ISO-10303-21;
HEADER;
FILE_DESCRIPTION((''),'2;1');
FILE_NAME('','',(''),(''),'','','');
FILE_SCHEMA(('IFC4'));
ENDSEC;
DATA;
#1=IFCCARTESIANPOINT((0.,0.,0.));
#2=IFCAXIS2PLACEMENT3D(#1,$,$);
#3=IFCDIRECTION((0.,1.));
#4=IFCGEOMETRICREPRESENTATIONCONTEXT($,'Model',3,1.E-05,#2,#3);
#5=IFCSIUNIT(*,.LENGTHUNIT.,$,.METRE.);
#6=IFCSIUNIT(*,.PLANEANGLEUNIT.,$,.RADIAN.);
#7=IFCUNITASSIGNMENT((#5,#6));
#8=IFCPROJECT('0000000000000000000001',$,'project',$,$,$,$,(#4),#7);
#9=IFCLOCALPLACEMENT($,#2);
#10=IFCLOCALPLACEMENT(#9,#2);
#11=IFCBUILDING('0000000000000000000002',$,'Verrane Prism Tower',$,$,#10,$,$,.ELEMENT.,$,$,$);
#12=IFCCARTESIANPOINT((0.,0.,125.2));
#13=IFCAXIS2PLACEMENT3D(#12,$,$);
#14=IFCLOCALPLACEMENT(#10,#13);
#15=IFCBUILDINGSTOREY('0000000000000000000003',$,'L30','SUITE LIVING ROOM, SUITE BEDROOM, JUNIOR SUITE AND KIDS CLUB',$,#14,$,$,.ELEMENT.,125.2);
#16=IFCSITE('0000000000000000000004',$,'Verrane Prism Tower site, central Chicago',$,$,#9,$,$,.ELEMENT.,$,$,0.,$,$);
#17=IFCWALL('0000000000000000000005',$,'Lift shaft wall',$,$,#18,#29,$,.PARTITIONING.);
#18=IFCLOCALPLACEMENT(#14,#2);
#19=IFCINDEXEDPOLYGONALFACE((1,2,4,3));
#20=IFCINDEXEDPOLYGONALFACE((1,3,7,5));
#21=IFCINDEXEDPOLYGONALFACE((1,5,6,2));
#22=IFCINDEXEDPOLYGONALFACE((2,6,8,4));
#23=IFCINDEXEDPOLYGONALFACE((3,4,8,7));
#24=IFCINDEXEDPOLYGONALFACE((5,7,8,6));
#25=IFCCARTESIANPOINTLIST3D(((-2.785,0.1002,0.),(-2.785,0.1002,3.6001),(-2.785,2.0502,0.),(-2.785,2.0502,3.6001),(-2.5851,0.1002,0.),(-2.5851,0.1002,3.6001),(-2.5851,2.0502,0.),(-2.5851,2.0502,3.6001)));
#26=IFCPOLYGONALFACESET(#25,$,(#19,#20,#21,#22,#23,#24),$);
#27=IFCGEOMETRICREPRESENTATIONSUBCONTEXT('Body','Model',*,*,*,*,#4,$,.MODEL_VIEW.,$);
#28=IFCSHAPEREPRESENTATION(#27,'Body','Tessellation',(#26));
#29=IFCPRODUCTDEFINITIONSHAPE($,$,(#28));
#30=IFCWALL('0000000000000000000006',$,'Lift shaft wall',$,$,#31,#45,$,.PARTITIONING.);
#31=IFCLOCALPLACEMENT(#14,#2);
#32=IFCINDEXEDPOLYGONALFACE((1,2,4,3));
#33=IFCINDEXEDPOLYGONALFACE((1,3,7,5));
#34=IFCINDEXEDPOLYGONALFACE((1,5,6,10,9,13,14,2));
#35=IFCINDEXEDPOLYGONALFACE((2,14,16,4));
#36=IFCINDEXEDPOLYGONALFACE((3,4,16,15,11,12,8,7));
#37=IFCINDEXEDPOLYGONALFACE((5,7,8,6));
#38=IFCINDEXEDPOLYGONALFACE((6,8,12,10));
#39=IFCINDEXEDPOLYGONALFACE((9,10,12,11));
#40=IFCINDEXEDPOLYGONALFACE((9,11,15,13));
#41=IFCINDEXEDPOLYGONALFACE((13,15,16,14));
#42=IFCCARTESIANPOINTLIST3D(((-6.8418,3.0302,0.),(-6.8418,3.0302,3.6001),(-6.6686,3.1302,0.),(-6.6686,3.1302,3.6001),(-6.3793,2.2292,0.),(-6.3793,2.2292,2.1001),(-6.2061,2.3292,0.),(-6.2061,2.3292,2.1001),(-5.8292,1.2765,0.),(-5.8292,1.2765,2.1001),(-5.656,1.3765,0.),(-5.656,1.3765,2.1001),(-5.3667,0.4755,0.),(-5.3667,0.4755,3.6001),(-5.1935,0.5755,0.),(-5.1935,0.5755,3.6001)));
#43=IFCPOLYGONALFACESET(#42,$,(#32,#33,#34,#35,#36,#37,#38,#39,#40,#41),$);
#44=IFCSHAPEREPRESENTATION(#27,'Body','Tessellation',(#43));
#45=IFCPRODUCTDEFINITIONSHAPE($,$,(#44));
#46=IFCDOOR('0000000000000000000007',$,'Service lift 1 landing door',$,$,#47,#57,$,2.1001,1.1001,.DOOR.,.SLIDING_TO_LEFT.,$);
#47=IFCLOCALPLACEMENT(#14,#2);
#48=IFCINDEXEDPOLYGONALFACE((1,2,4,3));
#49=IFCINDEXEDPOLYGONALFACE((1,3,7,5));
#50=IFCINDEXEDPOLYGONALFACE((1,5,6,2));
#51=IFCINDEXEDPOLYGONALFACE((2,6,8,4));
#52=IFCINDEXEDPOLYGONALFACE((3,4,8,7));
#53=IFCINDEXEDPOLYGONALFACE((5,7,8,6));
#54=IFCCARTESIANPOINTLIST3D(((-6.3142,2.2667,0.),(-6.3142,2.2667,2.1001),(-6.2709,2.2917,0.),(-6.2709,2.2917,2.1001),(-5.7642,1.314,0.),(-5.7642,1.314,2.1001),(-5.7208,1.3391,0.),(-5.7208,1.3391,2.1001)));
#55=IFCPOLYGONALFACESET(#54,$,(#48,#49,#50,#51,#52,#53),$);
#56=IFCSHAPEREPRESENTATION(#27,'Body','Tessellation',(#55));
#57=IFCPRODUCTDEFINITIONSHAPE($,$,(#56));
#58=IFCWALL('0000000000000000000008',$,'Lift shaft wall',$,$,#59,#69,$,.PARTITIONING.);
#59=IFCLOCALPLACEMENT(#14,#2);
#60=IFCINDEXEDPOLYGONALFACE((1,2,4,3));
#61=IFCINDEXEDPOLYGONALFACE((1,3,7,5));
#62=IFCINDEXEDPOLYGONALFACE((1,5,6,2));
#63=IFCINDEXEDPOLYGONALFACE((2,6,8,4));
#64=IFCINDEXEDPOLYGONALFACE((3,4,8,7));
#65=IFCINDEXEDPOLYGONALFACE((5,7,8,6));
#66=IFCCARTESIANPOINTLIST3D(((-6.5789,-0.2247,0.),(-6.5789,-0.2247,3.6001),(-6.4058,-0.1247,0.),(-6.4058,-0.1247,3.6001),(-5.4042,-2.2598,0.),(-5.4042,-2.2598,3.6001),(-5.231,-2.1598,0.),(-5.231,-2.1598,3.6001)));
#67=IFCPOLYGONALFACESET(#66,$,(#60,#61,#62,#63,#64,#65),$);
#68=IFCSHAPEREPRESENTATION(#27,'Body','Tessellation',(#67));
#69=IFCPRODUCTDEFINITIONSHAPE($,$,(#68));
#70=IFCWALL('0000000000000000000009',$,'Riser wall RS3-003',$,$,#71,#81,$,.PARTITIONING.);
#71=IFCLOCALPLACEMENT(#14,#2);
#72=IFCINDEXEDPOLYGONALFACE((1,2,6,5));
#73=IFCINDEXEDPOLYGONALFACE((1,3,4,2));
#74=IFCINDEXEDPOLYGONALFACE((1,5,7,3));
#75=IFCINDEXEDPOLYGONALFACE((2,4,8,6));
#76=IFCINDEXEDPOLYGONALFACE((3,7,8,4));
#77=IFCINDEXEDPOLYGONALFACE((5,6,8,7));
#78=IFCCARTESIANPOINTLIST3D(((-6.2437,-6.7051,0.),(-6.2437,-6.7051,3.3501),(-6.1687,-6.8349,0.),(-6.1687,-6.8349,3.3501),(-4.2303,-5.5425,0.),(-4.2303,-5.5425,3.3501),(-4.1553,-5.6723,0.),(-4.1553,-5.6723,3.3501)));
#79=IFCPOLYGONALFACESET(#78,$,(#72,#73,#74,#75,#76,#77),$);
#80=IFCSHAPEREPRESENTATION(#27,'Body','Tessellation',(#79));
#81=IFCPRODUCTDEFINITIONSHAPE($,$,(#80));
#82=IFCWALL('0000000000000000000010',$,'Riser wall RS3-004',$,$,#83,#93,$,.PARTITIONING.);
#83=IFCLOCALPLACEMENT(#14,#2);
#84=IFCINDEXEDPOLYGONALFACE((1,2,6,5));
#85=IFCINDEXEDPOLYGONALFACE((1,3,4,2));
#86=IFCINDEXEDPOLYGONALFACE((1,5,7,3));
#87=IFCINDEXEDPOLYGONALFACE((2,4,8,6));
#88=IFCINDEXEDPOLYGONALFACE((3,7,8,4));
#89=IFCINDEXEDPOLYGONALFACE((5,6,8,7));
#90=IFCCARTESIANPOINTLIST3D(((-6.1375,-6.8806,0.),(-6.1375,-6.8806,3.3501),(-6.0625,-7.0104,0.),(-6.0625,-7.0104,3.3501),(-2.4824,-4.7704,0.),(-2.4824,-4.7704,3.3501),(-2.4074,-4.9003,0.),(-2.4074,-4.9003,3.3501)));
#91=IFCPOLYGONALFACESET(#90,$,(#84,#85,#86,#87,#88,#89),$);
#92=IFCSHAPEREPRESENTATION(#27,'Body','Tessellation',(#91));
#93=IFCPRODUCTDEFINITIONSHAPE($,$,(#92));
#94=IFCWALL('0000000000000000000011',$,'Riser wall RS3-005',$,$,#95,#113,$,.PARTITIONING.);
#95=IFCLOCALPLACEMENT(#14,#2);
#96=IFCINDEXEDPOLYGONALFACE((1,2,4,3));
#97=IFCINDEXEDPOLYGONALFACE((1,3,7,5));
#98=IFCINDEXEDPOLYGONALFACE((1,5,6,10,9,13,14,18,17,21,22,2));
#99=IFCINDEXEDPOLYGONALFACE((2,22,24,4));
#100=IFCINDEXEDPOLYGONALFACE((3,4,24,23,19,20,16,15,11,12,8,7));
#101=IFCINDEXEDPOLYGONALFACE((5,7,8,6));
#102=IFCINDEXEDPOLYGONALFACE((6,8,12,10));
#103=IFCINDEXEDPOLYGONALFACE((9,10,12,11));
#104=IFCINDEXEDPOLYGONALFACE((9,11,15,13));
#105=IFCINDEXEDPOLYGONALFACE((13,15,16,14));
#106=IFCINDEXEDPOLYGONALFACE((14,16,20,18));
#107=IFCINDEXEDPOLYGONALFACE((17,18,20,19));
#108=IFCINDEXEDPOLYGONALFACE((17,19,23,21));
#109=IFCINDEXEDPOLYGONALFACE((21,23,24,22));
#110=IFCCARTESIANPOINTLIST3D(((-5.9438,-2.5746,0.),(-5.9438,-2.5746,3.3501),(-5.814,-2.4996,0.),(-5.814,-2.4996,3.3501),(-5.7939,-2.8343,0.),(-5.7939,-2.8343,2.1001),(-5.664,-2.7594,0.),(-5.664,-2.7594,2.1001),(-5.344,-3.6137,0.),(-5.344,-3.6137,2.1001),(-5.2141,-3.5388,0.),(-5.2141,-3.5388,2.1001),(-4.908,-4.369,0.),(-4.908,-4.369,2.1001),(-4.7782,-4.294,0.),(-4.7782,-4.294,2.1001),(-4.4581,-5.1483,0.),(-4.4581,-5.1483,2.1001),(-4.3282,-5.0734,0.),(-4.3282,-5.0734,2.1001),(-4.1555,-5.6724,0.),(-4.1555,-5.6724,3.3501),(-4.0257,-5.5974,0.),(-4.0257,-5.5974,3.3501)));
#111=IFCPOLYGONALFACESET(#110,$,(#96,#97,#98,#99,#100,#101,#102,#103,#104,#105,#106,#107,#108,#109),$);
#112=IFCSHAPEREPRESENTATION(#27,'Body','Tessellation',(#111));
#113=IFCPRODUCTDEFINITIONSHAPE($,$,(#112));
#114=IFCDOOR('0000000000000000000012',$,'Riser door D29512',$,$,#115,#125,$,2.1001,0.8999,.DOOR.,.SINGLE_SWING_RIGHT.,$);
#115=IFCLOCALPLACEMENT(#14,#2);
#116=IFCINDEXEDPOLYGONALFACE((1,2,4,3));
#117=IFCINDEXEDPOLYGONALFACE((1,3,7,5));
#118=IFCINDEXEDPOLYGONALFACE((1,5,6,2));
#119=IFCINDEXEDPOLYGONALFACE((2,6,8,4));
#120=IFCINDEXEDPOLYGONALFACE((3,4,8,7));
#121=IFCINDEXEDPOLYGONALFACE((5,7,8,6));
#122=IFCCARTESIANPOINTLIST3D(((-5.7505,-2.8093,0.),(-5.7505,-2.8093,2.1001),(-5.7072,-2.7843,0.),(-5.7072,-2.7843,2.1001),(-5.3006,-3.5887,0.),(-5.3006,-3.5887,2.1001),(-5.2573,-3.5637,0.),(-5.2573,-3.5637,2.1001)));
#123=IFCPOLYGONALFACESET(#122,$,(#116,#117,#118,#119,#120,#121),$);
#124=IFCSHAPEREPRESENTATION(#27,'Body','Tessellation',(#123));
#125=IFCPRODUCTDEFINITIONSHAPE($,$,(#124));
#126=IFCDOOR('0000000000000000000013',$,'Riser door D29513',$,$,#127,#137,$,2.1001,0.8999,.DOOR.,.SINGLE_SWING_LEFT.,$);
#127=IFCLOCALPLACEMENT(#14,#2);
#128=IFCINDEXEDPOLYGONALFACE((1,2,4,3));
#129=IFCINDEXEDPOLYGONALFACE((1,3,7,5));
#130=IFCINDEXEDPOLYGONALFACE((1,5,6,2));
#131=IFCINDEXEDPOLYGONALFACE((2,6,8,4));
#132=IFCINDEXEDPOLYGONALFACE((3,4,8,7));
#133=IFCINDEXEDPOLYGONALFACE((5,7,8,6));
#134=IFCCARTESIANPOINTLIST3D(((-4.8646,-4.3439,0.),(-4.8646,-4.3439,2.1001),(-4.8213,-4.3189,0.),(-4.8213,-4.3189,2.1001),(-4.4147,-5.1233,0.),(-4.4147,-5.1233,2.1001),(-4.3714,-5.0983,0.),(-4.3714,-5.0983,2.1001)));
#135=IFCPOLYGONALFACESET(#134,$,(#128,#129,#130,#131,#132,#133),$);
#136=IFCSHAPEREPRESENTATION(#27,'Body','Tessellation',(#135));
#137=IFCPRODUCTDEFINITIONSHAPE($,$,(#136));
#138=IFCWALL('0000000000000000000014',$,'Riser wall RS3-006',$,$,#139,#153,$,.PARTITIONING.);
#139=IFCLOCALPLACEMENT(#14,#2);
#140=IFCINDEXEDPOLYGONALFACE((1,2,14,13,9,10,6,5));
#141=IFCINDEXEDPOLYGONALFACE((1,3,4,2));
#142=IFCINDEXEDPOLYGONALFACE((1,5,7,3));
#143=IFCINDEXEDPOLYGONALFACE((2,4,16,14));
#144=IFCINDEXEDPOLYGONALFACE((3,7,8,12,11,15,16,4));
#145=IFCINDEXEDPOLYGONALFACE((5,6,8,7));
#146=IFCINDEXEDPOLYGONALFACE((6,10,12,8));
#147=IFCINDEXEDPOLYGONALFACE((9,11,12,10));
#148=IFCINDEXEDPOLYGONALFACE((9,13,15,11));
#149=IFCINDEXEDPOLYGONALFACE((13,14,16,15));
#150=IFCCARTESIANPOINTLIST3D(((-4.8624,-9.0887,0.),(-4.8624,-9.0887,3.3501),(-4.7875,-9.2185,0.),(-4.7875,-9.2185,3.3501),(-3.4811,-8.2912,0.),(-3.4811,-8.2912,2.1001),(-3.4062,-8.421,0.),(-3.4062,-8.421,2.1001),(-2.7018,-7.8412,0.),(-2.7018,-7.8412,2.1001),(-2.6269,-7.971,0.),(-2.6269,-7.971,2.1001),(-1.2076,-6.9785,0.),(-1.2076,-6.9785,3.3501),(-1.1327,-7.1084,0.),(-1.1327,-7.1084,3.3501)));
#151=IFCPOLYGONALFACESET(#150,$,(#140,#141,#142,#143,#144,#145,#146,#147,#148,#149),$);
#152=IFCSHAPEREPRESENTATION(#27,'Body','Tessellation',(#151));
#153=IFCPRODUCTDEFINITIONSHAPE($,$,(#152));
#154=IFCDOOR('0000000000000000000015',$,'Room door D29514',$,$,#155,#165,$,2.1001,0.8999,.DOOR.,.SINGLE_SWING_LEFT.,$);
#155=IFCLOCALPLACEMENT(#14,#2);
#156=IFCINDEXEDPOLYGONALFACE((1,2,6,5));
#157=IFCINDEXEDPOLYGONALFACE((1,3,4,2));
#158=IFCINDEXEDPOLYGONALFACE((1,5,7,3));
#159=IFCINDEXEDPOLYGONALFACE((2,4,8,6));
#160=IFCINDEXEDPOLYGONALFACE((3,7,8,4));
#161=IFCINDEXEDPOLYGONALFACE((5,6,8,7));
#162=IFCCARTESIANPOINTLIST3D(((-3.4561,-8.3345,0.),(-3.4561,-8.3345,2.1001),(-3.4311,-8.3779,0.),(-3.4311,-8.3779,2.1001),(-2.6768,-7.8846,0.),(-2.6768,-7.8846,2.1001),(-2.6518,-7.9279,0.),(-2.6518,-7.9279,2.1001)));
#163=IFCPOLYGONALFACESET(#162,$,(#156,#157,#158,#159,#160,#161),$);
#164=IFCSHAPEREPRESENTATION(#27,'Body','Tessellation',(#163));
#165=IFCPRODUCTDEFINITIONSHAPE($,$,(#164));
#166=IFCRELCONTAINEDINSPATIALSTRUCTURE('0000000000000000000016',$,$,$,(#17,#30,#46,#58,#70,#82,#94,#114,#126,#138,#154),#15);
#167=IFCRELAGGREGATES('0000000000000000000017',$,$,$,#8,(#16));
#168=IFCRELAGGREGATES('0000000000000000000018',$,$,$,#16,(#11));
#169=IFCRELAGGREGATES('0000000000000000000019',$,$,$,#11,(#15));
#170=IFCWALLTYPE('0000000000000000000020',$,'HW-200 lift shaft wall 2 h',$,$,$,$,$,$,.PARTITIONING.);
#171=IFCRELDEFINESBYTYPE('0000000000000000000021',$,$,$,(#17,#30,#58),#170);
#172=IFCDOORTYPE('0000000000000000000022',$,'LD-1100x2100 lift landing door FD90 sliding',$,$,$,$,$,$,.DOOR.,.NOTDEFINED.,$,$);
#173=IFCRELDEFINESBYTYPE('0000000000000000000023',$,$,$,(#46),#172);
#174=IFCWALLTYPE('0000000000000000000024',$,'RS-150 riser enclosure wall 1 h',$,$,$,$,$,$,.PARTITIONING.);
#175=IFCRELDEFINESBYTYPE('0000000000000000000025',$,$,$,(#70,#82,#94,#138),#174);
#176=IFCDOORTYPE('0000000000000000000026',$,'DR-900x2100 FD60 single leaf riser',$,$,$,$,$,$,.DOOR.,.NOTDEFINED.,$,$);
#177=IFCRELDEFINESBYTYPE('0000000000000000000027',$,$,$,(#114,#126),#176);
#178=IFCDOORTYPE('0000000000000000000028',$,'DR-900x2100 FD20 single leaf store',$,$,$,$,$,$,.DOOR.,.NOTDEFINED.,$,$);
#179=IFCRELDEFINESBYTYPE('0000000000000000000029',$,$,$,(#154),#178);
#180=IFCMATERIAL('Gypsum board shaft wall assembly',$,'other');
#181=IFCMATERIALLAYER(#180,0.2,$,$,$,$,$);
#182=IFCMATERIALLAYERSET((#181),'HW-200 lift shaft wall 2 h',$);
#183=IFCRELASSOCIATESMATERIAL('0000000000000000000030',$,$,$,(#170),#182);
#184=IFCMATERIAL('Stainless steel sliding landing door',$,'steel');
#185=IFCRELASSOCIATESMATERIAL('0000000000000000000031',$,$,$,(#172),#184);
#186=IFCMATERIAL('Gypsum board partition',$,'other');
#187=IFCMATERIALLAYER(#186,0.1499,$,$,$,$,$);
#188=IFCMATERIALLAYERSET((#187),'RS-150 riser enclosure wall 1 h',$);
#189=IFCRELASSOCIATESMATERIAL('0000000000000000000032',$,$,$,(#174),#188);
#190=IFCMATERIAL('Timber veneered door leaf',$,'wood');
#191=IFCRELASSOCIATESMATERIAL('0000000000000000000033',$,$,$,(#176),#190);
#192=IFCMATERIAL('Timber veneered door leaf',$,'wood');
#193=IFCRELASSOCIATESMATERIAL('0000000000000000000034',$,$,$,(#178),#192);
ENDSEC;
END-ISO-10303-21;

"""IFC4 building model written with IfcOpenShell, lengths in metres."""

from ifc_helpers import new_model, si_unit, direction, frame, frame_2d, origin, place, context, subcontext, project, spatial, rectangle, extrude, material, layer, layer_set, type_object, element, fill, save


model = new_model("IFC4")

# Units and contexts
model_context = context("Model", 3, precision=1e-05, world=origin(), true_north=direction((0.0, 1.0)))
body_context = subcontext(model_context, "Body", "Model", "MODEL_VIEW")
ifc_project = project(units=[si_unit("LENGTHUNIT", "METRE"), si_unit("PLANEANGLEUNIT", "RADIAN")], contexts=[model_context])

# Site, building, storey
site_placement = place(None, origin())
site = spatial("IfcSite", under=ifc_project, at=site_placement, Name="Verrane Prism Tower site, central Chicago", CompositionType="ELEMENT", RefElevation=0.0)
building_placement = place(site_placement, origin())
building = spatial("IfcBuilding", under=site, at=building_placement, Name="Verrane Prism Tower", CompositionType="ELEMENT")
storey_placement = place(building_placement, frame((0.0, 0.0, 125.2)))
storey = spatial("IfcBuildingStorey", under=building, at=storey_placement, Name="L30", Description="SUITE LIVING ROOM, SUITE BEDROOM, JUNIOR SUITE AND KIDS CLUB", CompositionType="ELEMENT", Elevation=125.2)

# Shared definitions
ifc_material_1 = material(Name="Gypsum board shaft wall assembly", Category="other")
ifc_layer_1 = layer(ifc_material_1, 0.2)
ifc_layer_set_1 = layer_set([ifc_layer_1], Name="HW-200 lift shaft wall 2 h")
wall_type_1 = type_object("IfcWallType", Name="HW-200 lift shaft wall 2 h", PredefinedType="PARTITIONING", material=ifc_layer_set_1)
ifc_material_2 = material(Name="Stainless steel sliding landing door", Category="steel")
door_type_1 = type_object("IfcDoorType", Name="LD-1100x2100 lift landing door FD90 sliding", OperationType="NOTDEFINED", PredefinedType="DOOR", material=ifc_material_2)

# Wall
wall_1_placement = place(storey_placement, frame((-2.6851, 0.1001, 0.0), z_axis=(0.0, 0.0, 1.0), x_axis=(0.0, 1.0, 0.0)))
element("IfcWall", 1, at=wall_1_placement, inside=storey, type_object=wall_type_1, Name="Lift shaft wall", PredefinedType="PARTITIONING", context=body_context, shape_type="SweptSolid", body=[
    extrude(rectangle(XDim=1.95, YDim=0.2, at=frame_2d((0.9751, 0.0))), origin(), (0.0, 0.0, 1.0), 3.6001),
])

# Wall, opening, door
wall_2_placement = place(storey_placement, frame((-5.28, 0.5254, 0.0), z_axis=(0.0, 0.0, 1.0), x_axis=(-0.500038, 0.866004, 0.0)))
wall_2 = element("IfcWall", 2, at=wall_2_placement, inside=storey, type_object=wall_type_1, Name="Lift shaft wall", PredefinedType="PARTITIONING", context=body_context, shape_type="SweptSolid", body=[
    extrude(rectangle(XDim=2.95, YDim=0.2, at=frame_2d((1.4751, 0.0))), origin(), (0.0, 0.0, 1.0), 3.6001),
])
opening_1_placement = place(wall_2_placement, frame((0.925, 0.0, 0.0)))
opening_1 = element("IfcOpeningElement", 3, at=opening_1_placement, cuts=wall_2, PredefinedType="OPENING", context=body_context, shape_type="SweptSolid", body=[
    extrude(rectangle(XDim=1.1001, YDim=2.1001, at=frame_2d((0.55, 1.05))), frame((0.0, 0.1099, 0.0), z_axis=(0.0, -1.0, 0.0), x_axis=(1.0, 0.0, 0.0)), (0.0, 0.0, 1.0), 0.22),
])
door_1_placement = place(opening_1_placement, origin())
door_1 = element("IfcDoor", 4, at=door_1_placement, inside=storey, type_object=door_type_1, Name="Service lift 1 landing door", OperationType="SLIDING_TO_LEFT", OverallHeight=2.1001, OverallWidth=1.1001, PredefinedType="DOOR", context=body_context, shape_type="SweptSolid", body=[
    extrude(rectangle(XDim=1.1001, YDim=2.1001, at=frame_2d((0.55, 1.05))), frame((0.0, 0.0249, 0.0), z_axis=(0.0, -1.0, 0.0), x_axis=(1.0, 0.0, 0.0)), (0.0, 0.0, 1.0), 0.05),
])
fill(opening_1, door_1)

# Walls
wall_3_placement = place(storey_placement, frame((-5.3176, -2.2097, 0.0), z_axis=(0.0, 0.0, 1.0), x_axis=(-0.499938, 0.866061, 0.0)))
element("IfcWall", 5, at=wall_3_placement, inside=storey, type_object=wall_type_1, Name="Lift shaft wall", PredefinedType="PARTITIONING", context=body_context, shape_type="SweptSolid", body=[
    extrude(rectangle(XDim=2.3499, YDim=0.2, at=frame_2d((1.1748, 0.0))), origin(), (0.0, 0.0, 1.0), 3.6001),
])
ifc_material_3 = material(Name="Gypsum board partition", Category="other")
ifc_layer_2 = layer(ifc_material_3, 0.1499)
ifc_layer_set_2 = layer_set([ifc_layer_2], Name="RS-150 riser enclosure wall 1 h")
wall_type_2 = type_object("IfcWallType", Name="RS-150 riser enclosure wall 1 h", PredefinedType="PARTITIONING", material=ifc_layer_set_2)
wall_4_placement = place(storey_placement, frame((-6.2063, -6.77, 0.0), z_axis=(0.0, 0.0, 1.0), x_axis=(0.865998, 0.500047, 0.0)))
element("IfcWall", 6, at=wall_4_placement, inside=storey, type_object=wall_type_2, Name="Riser wall RS3-003", PredefinedType="PARTITIONING", context=body_context, shape_type="SweptSolid", body=[
    extrude(rectangle(XDim=2.325, YDim=0.1499, at=frame_2d((1.1626, 0.0))), origin(), (0.0, 0.0, 1.0), 3.3501),
])
wall_5_placement = place(storey_placement, frame((-6.1001, -6.9456, 0.0), z_axis=(0.0, 0.0, 1.0), x_axis=(0.866038, 0.499978, 0.0)))
element("IfcWall", 7, at=wall_5_placement, inside=storey, type_object=wall_type_2, Name="Riser wall RS3-004", PredefinedType="PARTITIONING", context=body_context, shape_type="SweptSolid", body=[
    extrude(rectangle(XDim=4.2205, YDim=0.1499, at=frame_2d((2.1104, 0.0))), origin(), (0.0, 0.0, 1.0), 3.3501),
])

# Wall, openings, doors
wall_6_placement = place(storey_placement, frame((-4.0906, -5.635, 0.0), z_axis=(0.0, 0.0, 1.0), x_axis=(-0.499949, 0.866055, 0.0)))
wall_6 = element("IfcWall", 8, at=wall_6_placement, inside=storey, type_object=wall_type_2, Name="Riser wall RS3-005", PredefinedType="PARTITIONING", context=body_context, shape_type="SweptSolid", body=[
    extrude(rectangle(XDim=3.5769, YDim=0.1499, at=frame_2d((1.7886, 0.0))), origin(), (0.0, 0.0, 1.0), 3.3501),
])
opening_2_placement = place(wall_6_placement, frame((2.3772, 0.0, 0.0)))
opening_2 = element("IfcOpeningElement", 9, at=opening_2_placement, cuts=wall_6, PredefinedType="OPENING", context=body_context, shape_type="SweptSolid", body=[
    extrude(rectangle(XDim=0.8999, YDim=2.1001, at=frame_2d((0.45, 1.05))), frame((0.0, 0.085, 0.0), z_axis=(0.0, -1.0, 0.0), x_axis=(1.0, 0.0, 0.0)), (0.0, 0.0, 1.0), 0.1699),
])
opening_3_placement = place(wall_6_placement, frame((0.6052, 0.0, 0.0)))
opening_3 = element("IfcOpeningElement", 10, at=opening_3_placement, cuts=wall_6, PredefinedType="OPENING", context=body_context, shape_type="SweptSolid", body=[
    extrude(rectangle(XDim=0.8999, YDim=2.1001, at=frame_2d((0.45, 1.05))), frame((0.0, 0.085, 0.0), z_axis=(0.0, -1.0, 0.0), x_axis=(1.0, 0.0, 0.0)), (0.0, 0.0, 1.0), 0.1699),
])
ifc_material_4 = material(Name="Timber veneered door leaf", Category="wood")
door_type_2 = type_object("IfcDoorType", Name="DR-900x2100 FD60 single leaf riser", OperationType="NOTDEFINED", PredefinedType="DOOR", material=ifc_material_4)
door_2_placement = place(opening_2_placement, origin())
door_2 = element("IfcDoor", 11, at=door_2_placement, inside=storey, type_object=door_type_2, Name="Riser door D29512", OperationType="SINGLE_SWING_RIGHT", OverallHeight=2.1001, OverallWidth=0.8999, PredefinedType="DOOR", context=body_context, shape_type="SweptSolid", body=[
    extrude(rectangle(XDim=0.8999, YDim=2.1001, at=frame_2d((0.45, 1.05))), frame((0.0, 0.0249, 0.0), z_axis=(0.0, -1.0, 0.0), x_axis=(1.0, 0.0, 0.0)), (0.0, 0.0, 1.0), 0.05),
])
fill(opening_2, door_2)
door_3_placement = place(opening_3_placement, origin())
door_3 = element("IfcDoor", 12, at=door_3_placement, inside=storey, type_object=door_type_2, Name="Riser door D29513", OperationType="SINGLE_SWING_LEFT", OverallHeight=2.1001, OverallWidth=0.8999, PredefinedType="DOOR", context=body_context, shape_type="SweptSolid", body=[
    extrude(rectangle(XDim=0.8999, YDim=2.1001, at=frame_2d((0.45, 1.05))), frame((0.0, 0.0249, 0.0), z_axis=(0.0, -1.0, 0.0), x_axis=(1.0, 0.0, 0.0)), (0.0, 0.0, 1.0), 0.05),
])
fill(opening_3, door_3)

# Wall, opening, door
wall_7_placement = place(storey_placement, frame((-4.825, -9.1536, 0.0), z_axis=(0.0, 0.0, 1.0), x_axis=(0.866024, 0.500003, 0.0)))
wall_7 = element("IfcWall", 13, at=wall_7_placement, inside=storey, type_object=wall_type_2, Name="Riser wall RS3-006", PredefinedType="PARTITIONING", context=body_context, shape_type="SweptSolid", body=[
    extrude(rectangle(XDim=4.2202, YDim=0.1499, at=frame_2d((2.1101, 0.0))), origin(), (0.0, 0.0, 1.0), 3.3501),
])
opening_4_placement = place(wall_7_placement, frame((1.595, 0.0, 0.0)))
opening_4 = element("IfcOpeningElement", 14, at=opening_4_placement, cuts=wall_7, PredefinedType="OPENING", context=body_context, shape_type="SweptSolid", body=[
    extrude(rectangle(XDim=0.8999, YDim=2.1001, at=frame_2d((0.45, 1.05))), frame((0.0, 0.085, 0.0), z_axis=(0.0, -1.0, 0.0), x_axis=(1.0, 0.0, 0.0)), (0.0, 0.0, 1.0), 0.1699),
])
ifc_material_5 = material(Name="Timber veneered door leaf", Category="wood")
door_type_3 = type_object("IfcDoorType", Name="DR-900x2100 FD20 single leaf store", OperationType="NOTDEFINED", PredefinedType="DOOR", material=ifc_material_5)
door_4_placement = place(opening_4_placement, origin())
door_4 = element("IfcDoor", 15, at=door_4_placement, inside=storey, type_object=door_type_3, Name="Room door D29514", OperationType="SINGLE_SWING_LEFT", OverallHeight=2.1001, OverallWidth=0.8999, PredefinedType="DOOR", context=body_context, shape_type="SweptSolid", body=[
    extrude(rectangle(XDim=0.8999, YDim=2.1001, at=frame_2d((0.45, 1.05))), frame((0.0, 0.0249, 0.0), z_axis=(0.0, -1.0, 0.0), x_axis=(1.0, 0.0, 0.0)), (0.0, 0.0, 1.0), 0.05),
])
fill(opening_4, door_4)

save(model, "model.ifc")
